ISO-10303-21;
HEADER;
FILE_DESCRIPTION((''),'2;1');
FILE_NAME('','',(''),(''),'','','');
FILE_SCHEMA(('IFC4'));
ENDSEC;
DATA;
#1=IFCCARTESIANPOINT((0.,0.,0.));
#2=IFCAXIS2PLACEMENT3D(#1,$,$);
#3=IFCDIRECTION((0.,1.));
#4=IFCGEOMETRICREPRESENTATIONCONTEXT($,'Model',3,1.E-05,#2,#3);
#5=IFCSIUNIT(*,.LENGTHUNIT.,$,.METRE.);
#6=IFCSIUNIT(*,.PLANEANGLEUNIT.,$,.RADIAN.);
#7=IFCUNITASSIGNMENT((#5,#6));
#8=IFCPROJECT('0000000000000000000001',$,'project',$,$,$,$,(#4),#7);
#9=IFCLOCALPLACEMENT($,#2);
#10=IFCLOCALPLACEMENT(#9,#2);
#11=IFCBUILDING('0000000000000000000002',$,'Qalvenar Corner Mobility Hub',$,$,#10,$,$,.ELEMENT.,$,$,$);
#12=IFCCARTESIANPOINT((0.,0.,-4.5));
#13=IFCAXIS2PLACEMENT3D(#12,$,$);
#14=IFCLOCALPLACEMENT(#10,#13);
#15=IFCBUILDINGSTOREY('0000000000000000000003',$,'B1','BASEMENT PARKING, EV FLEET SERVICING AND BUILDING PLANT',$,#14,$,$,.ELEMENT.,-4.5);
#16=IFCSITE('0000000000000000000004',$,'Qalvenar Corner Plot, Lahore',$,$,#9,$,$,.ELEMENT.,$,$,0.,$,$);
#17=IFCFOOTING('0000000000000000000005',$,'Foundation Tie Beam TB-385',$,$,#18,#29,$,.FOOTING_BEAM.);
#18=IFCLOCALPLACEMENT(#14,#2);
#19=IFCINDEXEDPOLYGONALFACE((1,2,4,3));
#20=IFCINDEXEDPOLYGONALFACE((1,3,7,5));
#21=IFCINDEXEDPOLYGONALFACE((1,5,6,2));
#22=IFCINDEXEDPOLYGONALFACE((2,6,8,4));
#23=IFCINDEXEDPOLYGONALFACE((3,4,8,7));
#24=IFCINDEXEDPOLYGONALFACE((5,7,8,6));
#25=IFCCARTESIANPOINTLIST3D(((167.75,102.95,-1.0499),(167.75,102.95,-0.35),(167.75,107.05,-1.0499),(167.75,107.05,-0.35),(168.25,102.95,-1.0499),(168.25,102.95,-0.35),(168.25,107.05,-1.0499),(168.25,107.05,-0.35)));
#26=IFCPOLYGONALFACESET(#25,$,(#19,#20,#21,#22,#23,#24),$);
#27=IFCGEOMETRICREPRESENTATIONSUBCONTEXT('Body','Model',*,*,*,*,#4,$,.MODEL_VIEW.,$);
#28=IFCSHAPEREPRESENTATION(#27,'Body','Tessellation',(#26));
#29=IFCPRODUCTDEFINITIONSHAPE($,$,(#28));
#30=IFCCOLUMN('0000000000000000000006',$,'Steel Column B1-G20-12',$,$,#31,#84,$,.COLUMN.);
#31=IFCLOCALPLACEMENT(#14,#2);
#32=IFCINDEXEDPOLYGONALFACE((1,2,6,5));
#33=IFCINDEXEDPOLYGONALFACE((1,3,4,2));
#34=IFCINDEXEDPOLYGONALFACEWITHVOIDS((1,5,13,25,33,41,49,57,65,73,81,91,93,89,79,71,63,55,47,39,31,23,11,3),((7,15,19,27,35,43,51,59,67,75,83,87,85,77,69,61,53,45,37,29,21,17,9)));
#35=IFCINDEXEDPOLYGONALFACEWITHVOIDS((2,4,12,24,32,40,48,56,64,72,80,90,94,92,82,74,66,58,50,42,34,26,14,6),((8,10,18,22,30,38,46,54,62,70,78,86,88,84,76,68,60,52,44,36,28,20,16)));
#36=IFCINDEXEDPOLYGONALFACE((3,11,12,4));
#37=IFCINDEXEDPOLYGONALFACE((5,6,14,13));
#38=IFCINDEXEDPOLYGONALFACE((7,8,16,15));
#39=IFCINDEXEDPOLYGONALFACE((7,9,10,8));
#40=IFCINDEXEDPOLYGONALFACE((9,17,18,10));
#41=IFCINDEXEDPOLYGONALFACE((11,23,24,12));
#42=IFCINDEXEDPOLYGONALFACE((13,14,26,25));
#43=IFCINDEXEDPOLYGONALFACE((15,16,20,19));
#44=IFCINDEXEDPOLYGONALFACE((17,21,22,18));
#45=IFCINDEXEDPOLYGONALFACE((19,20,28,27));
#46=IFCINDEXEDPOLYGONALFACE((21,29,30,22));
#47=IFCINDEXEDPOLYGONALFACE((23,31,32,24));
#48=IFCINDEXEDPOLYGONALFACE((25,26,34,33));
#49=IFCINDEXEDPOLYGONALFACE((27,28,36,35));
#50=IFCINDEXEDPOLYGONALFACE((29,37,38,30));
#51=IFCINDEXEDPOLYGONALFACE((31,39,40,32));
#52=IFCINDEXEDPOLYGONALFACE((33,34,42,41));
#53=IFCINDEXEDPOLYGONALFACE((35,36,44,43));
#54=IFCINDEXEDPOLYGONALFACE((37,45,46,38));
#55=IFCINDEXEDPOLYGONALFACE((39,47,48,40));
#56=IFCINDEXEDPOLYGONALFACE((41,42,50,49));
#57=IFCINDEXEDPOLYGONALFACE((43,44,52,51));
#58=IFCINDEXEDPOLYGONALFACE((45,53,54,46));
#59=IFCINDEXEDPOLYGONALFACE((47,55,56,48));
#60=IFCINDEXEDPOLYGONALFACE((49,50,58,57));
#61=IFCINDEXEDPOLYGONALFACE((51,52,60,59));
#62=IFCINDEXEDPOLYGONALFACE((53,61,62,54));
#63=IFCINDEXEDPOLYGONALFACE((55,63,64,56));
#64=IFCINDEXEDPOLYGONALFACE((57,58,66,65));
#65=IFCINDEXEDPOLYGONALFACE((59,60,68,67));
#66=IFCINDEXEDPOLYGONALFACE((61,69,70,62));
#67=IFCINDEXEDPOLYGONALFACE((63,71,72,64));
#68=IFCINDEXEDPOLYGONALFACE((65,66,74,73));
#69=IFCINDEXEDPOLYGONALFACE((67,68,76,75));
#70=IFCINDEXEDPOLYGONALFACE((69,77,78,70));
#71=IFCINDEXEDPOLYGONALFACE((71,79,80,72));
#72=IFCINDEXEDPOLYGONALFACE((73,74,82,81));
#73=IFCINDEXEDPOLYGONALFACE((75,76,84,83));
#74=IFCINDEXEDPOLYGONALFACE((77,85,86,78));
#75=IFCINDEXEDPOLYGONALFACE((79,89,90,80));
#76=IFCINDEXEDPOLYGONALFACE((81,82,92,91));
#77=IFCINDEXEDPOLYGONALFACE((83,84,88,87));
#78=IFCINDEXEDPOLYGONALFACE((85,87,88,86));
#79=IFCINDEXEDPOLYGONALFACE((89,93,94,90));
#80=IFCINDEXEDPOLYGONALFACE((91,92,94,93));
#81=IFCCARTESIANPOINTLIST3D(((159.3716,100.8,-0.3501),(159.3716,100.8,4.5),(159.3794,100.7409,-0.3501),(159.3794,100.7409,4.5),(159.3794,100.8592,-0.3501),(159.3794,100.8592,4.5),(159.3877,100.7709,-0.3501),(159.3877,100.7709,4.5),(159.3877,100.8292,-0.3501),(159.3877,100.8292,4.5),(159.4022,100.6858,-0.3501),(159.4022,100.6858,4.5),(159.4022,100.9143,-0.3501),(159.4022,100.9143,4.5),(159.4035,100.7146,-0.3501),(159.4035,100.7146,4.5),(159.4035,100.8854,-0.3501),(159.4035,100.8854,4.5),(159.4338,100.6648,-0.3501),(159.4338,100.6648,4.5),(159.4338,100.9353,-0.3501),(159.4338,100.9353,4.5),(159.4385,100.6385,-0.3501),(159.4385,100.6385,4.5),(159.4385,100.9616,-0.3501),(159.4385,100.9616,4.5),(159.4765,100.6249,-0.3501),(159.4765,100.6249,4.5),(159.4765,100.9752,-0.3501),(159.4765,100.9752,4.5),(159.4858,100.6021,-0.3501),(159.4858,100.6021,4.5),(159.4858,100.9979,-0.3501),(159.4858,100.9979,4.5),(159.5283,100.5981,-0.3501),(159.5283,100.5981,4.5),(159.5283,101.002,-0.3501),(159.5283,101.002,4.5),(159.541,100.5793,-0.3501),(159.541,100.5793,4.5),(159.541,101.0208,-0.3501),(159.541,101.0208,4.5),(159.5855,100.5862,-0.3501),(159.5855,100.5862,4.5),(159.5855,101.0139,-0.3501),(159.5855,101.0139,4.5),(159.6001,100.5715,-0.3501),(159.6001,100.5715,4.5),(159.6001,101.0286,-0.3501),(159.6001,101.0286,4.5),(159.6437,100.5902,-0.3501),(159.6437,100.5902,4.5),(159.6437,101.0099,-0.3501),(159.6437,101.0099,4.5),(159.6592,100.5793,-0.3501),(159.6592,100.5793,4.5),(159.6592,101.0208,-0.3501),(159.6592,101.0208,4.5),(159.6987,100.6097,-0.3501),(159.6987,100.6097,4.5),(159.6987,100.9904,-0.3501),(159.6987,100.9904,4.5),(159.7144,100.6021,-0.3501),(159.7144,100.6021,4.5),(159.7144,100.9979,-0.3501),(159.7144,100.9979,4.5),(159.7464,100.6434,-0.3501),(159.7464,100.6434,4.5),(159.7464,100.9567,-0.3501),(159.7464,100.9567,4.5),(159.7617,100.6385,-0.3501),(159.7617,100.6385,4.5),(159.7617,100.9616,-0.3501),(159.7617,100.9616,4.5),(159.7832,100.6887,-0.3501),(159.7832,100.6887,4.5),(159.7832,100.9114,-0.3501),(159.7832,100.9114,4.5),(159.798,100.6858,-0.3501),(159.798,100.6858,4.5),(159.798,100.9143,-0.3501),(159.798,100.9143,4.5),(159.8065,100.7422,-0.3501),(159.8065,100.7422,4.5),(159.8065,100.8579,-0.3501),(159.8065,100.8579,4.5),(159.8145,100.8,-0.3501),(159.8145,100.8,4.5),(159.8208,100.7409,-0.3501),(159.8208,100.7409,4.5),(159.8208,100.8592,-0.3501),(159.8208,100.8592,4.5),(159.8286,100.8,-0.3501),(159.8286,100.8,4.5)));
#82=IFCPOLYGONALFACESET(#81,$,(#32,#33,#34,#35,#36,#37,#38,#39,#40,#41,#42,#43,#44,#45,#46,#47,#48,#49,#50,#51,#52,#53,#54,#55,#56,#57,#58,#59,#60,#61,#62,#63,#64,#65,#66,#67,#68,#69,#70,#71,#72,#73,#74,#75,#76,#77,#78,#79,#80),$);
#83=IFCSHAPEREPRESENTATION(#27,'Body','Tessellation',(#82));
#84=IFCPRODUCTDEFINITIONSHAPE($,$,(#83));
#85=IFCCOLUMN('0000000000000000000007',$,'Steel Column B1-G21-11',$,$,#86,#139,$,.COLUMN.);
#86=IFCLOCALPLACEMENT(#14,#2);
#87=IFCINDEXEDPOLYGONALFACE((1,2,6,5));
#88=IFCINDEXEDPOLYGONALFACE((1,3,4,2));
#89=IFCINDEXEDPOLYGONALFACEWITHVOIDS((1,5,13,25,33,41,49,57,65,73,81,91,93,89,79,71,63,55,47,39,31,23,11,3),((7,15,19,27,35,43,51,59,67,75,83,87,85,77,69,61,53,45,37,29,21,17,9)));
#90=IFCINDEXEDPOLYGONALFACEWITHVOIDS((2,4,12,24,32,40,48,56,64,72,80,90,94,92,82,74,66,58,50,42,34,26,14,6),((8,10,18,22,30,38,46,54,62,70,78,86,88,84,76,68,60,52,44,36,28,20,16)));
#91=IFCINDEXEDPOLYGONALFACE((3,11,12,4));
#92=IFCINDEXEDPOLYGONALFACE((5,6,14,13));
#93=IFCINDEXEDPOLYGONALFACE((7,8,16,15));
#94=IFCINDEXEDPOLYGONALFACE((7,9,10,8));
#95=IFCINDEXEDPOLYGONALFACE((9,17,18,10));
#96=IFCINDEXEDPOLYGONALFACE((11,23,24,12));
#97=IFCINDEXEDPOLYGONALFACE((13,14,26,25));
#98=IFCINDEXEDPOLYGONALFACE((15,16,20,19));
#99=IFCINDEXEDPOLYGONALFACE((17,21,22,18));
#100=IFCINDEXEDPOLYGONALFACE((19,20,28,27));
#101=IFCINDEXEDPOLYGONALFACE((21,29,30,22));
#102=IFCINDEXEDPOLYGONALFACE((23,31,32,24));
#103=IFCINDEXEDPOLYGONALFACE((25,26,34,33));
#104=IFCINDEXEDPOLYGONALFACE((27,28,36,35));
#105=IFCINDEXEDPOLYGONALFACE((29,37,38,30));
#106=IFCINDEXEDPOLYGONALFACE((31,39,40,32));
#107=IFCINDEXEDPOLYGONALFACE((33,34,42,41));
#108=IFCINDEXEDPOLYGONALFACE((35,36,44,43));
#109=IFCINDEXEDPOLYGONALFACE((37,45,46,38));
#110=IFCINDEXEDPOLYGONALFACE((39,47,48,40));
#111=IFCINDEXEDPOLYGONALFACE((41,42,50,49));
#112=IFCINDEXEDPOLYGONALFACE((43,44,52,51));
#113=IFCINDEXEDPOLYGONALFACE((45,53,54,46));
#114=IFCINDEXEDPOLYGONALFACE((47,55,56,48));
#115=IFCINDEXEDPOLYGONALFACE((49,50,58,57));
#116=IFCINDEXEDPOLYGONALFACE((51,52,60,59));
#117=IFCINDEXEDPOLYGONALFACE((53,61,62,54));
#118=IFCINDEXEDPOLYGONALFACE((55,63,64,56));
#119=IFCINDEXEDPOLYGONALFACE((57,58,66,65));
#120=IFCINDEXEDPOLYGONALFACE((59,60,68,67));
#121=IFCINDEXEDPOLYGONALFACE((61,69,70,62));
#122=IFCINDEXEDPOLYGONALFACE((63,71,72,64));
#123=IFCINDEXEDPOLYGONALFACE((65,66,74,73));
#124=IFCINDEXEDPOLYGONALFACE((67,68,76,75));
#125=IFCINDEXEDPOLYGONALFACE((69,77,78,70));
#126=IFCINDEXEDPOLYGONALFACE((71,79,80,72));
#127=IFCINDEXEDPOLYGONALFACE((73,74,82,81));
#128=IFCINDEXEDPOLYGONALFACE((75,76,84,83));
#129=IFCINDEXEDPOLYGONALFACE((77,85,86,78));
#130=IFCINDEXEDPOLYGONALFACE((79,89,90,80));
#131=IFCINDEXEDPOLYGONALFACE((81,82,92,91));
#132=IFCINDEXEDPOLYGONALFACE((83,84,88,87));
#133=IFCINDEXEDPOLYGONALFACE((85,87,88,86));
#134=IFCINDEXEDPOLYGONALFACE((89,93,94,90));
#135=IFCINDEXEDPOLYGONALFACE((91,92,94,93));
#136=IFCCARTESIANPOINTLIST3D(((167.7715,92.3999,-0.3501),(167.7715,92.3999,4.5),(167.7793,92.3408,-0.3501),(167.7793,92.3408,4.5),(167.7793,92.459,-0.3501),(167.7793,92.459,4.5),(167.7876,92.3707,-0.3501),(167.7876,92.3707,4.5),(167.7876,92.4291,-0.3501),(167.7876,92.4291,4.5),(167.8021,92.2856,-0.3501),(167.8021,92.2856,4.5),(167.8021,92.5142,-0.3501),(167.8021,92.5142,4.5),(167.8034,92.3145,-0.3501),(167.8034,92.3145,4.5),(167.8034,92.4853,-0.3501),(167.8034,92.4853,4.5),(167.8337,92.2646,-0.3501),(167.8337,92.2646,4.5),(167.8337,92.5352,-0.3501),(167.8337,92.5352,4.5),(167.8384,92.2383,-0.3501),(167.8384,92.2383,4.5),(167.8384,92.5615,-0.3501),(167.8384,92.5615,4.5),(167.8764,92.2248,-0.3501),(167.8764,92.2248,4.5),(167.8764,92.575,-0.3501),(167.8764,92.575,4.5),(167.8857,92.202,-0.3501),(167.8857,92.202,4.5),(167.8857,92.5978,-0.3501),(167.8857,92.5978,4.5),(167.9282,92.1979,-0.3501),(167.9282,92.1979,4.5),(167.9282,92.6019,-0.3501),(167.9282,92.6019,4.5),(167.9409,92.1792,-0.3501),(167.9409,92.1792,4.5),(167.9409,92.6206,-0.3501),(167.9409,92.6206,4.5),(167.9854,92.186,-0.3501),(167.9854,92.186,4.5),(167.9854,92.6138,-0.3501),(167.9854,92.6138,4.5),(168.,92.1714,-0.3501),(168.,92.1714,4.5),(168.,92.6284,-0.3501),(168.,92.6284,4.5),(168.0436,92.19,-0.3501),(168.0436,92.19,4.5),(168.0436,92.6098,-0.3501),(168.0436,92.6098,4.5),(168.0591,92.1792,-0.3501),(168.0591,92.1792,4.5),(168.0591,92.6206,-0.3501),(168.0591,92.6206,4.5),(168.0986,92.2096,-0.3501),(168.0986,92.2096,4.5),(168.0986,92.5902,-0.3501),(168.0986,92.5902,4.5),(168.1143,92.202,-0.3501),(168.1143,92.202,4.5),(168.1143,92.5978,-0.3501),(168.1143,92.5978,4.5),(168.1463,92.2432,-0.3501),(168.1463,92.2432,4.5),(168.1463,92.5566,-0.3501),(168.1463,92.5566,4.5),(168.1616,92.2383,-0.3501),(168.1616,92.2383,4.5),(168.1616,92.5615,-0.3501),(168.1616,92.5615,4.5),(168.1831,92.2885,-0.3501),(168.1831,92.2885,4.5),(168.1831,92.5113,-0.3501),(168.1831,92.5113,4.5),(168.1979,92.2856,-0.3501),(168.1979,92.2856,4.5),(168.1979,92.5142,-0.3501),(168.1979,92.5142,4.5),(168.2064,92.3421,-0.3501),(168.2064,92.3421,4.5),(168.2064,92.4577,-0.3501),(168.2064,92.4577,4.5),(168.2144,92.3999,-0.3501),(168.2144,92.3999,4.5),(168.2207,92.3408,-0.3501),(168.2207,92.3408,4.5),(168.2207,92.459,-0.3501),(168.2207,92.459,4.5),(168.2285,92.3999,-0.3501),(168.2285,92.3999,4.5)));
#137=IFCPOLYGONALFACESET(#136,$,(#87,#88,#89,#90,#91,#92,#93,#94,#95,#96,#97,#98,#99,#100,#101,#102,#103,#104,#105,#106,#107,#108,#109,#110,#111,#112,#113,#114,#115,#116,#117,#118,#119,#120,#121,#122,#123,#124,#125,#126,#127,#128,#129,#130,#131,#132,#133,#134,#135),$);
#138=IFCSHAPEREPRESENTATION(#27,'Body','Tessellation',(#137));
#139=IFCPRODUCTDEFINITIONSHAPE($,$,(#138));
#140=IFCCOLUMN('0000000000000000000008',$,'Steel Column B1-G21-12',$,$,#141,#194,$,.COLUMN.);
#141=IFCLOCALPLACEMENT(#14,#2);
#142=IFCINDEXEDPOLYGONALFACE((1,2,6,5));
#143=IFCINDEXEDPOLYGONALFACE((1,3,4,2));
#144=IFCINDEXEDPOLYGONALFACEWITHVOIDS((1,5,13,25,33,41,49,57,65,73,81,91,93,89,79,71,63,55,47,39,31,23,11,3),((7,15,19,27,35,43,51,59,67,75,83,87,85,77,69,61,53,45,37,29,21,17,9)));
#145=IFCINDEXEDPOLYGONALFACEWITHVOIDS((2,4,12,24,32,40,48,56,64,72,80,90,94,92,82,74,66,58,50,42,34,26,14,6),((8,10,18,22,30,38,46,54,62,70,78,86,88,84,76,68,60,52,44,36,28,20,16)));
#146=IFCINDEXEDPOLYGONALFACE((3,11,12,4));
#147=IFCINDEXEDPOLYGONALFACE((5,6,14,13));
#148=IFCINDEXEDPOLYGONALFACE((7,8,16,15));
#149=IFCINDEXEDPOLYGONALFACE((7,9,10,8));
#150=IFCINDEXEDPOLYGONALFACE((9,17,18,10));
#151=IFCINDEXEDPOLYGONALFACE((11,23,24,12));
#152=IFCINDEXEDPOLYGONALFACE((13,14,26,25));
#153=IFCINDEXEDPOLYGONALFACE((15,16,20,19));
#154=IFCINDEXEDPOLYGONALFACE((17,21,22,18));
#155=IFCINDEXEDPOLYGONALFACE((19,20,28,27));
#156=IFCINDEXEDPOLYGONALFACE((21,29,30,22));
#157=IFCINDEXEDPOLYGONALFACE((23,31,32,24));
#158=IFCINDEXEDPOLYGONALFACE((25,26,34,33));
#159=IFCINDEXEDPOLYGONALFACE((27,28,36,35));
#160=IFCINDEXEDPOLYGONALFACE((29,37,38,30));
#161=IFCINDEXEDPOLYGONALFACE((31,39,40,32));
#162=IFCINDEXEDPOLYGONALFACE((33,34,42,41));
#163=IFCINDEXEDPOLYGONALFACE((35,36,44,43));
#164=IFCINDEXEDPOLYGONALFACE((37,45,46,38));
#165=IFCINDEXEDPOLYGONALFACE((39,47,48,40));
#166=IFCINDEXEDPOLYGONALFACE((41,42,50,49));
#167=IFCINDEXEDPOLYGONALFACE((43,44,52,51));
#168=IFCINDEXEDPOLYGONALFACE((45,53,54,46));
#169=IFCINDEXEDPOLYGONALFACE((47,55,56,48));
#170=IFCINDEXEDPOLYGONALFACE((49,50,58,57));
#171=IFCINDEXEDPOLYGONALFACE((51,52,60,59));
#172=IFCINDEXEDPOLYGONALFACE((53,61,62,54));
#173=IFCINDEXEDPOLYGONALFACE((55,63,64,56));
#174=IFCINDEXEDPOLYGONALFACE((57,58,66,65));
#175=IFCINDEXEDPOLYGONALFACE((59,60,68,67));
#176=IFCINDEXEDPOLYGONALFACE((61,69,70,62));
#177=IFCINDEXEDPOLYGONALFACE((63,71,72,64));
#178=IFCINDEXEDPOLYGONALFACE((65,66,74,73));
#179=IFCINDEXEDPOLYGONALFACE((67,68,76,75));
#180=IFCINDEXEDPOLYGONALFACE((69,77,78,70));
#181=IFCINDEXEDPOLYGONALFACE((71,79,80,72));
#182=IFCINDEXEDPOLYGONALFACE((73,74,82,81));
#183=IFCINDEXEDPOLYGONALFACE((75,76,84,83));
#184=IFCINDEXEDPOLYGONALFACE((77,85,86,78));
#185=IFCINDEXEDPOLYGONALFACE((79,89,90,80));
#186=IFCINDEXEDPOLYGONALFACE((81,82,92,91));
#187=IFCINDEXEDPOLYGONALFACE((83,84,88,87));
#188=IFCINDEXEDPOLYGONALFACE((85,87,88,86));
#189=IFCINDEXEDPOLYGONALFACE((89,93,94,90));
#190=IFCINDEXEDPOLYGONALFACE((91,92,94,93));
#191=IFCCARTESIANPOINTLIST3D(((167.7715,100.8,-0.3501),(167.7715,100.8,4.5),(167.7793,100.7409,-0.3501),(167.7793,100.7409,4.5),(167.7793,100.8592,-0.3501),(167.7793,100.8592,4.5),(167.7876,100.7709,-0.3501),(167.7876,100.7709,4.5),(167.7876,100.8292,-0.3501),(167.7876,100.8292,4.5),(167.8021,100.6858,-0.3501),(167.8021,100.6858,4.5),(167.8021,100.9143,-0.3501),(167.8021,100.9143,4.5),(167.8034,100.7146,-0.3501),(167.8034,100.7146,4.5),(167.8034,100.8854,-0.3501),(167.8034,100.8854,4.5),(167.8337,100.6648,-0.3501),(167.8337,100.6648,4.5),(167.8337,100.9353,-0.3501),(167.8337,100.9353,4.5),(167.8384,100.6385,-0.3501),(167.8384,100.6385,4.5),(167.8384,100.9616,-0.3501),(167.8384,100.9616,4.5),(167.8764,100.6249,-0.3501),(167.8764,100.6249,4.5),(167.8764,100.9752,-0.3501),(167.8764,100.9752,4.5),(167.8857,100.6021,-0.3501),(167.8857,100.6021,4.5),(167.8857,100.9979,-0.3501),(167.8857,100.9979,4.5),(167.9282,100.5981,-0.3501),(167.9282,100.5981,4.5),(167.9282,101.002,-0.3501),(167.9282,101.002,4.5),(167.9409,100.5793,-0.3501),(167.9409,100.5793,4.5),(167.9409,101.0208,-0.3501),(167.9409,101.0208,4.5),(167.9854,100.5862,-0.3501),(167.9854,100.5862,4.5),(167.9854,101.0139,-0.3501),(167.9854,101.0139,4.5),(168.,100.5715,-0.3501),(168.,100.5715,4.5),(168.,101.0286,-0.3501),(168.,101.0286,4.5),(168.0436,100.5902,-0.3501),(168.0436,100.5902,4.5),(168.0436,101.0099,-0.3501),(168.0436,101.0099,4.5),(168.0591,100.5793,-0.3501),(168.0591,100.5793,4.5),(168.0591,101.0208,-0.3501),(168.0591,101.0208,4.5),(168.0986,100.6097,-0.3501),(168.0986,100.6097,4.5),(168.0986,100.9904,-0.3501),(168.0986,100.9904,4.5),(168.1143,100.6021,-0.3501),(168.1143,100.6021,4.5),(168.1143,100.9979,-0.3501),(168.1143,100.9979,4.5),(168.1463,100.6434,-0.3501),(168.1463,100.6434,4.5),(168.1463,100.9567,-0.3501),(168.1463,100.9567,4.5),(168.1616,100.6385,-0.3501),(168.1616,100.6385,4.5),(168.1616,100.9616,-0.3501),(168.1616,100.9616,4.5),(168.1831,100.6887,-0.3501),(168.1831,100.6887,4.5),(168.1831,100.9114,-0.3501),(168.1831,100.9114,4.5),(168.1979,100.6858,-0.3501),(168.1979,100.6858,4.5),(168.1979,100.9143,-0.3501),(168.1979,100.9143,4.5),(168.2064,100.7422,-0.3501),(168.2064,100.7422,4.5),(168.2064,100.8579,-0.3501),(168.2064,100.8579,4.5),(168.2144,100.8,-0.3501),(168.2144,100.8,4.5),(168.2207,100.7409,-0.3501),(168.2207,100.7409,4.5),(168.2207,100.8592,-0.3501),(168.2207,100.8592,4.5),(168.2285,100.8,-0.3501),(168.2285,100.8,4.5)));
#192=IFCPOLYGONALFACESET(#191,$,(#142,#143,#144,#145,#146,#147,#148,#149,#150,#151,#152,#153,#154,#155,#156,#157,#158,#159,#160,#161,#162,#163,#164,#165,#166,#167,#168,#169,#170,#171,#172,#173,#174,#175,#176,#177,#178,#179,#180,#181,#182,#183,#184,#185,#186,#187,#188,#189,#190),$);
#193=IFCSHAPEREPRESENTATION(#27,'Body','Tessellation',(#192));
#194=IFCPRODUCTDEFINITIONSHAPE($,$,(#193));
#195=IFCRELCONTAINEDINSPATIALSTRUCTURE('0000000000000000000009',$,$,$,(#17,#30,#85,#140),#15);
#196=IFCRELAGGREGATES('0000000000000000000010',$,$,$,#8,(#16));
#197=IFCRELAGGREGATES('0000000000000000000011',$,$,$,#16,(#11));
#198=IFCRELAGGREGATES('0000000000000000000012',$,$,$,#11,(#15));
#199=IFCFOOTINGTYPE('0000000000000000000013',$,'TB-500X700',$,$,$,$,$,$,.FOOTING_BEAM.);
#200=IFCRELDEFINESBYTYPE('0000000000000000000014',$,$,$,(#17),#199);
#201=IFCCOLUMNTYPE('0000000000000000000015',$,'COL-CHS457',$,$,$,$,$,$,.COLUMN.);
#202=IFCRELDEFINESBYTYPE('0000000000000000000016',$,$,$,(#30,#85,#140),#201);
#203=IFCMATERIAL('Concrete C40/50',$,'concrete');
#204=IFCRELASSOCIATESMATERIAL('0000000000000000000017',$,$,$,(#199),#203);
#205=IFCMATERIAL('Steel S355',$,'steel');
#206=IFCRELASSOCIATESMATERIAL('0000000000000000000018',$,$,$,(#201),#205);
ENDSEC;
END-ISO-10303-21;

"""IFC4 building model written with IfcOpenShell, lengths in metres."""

from ifc_helpers import new_model, si_unit, direction, frame, origin, origin_2d, place, context, subcontext, project, spatial, rectangle, hollow_circle, extrude, material, material_profile, profile_set, type_object, element, save


model = new_model("IFC4")

# Units and contexts
model_context = context("Model", 3, precision=1e-05, world=origin(), true_north=direction((0.0, 1.0)))
body_context = subcontext(model_context, "Body", "Model", "MODEL_VIEW")
ifc_project = project(units=[si_unit("LENGTHUNIT", "METRE"), si_unit("PLANEANGLEUNIT", "RADIAN")], contexts=[model_context])

# Site, building, storey
site_placement = place(None, origin())
site = spatial("IfcSite", under=ifc_project, at=site_placement, Name="Qalvenar Corner Plot, Lahore", CompositionType="ELEMENT", RefElevation=0.0)
building_placement = place(site_placement, origin())
building = spatial("IfcBuilding", under=site, at=building_placement, Name="Qalvenar Corner Mobility Hub", CompositionType="ELEMENT")
storey_placement = place(building_placement, frame((0.0, 0.0, -4.5)))
storey = spatial("IfcBuildingStorey", under=building, at=storey_placement, Name="B1", Description="BASEMENT PARKING, EV FLEET SERVICING AND BUILDING PLANT", CompositionType="ELEMENT", Elevation=-4.5)

# Shared definitions
ifc_material_1 = material(Name="Concrete C40/50", Category="concrete")

# Footing
ifc_material_profile_1 = material_profile(ifc_material_1, rectangle(XDim=0.5, YDim=0.7, at=origin_2d()), Name="RC500x700")
ifc_profile_set_1 = profile_set([ifc_material_profile_1], Name="Concrete C40/50")
footing_type_1 = type_object("IfcFootingType", Name="TB-500X700", PredefinedType="FOOTING_BEAM", material=ifc_profile_set_1)
footing_1_placement = place(storey_placement, frame((168.0, 102.95, -0.7), z_axis=(0.0, 1.0, 0.0), x_axis=(-1.0, 0.0, 0.0)))
element("IfcFooting", 1, at=footing_1_placement, inside=storey, type_object=footing_type_1, Name="Foundation Tie Beam TB-385", PredefinedType="FOOTING_BEAM", context=body_context, shape_type="SweptSolid", body=[
    extrude(rectangle(XDim=0.5, YDim=0.7, at=origin_2d()), origin(), (0.0, 0.0, 1.0), 4.1001),
])

# Columns
ifc_material_2 = material(Name="Steel S355", Category="steel")
ifc_material_profile_2 = material_profile(ifc_material_2, hollow_circle(Radius=0.2285, WallThickness=0.0142, at=origin_2d()), Name="CHS457x14.2")
ifc_profile_set_2 = profile_set([ifc_material_profile_2], Name="Steel S355")
column_type = type_object("IfcColumnType", Name="COL-CHS457", PredefinedType="COLUMN", material=ifc_profile_set_2)
for number, where, z_axis, x_axis, name in (
    (2, (159.6001, 100.8, -0.3501), (0.0, 0.0, 1.0), (1.0, 0.0, 0.0), "Steel Column B1-G20-12"),
    (3, (168.0, 92.3999, -0.3501), (0.0, 0.0, 1.0), (1.0, 0.0, 0.0), "Steel Column B1-G21-11"),
    (4, (168.0, 100.8, -0.3501), (0.0, 0.0, 1.0), (1.0, 0.0, 0.0), "Steel Column B1-G21-12"),
):
    element("IfcColumn", number, at=place(storey_placement, frame(where, z_axis=z_axis, x_axis=x_axis)), inside=storey, type_object=column_type, Name=name, PredefinedType="COLUMN", context=body_context, shape_type="SweptSolid", body=[
        extrude(hollow_circle(Radius=0.2285, WallThickness=0.0142, at=origin_2d()), origin(), (0.0, 0.0, 1.0), 4.8501),
    ])

save(model, "model.ifc")
